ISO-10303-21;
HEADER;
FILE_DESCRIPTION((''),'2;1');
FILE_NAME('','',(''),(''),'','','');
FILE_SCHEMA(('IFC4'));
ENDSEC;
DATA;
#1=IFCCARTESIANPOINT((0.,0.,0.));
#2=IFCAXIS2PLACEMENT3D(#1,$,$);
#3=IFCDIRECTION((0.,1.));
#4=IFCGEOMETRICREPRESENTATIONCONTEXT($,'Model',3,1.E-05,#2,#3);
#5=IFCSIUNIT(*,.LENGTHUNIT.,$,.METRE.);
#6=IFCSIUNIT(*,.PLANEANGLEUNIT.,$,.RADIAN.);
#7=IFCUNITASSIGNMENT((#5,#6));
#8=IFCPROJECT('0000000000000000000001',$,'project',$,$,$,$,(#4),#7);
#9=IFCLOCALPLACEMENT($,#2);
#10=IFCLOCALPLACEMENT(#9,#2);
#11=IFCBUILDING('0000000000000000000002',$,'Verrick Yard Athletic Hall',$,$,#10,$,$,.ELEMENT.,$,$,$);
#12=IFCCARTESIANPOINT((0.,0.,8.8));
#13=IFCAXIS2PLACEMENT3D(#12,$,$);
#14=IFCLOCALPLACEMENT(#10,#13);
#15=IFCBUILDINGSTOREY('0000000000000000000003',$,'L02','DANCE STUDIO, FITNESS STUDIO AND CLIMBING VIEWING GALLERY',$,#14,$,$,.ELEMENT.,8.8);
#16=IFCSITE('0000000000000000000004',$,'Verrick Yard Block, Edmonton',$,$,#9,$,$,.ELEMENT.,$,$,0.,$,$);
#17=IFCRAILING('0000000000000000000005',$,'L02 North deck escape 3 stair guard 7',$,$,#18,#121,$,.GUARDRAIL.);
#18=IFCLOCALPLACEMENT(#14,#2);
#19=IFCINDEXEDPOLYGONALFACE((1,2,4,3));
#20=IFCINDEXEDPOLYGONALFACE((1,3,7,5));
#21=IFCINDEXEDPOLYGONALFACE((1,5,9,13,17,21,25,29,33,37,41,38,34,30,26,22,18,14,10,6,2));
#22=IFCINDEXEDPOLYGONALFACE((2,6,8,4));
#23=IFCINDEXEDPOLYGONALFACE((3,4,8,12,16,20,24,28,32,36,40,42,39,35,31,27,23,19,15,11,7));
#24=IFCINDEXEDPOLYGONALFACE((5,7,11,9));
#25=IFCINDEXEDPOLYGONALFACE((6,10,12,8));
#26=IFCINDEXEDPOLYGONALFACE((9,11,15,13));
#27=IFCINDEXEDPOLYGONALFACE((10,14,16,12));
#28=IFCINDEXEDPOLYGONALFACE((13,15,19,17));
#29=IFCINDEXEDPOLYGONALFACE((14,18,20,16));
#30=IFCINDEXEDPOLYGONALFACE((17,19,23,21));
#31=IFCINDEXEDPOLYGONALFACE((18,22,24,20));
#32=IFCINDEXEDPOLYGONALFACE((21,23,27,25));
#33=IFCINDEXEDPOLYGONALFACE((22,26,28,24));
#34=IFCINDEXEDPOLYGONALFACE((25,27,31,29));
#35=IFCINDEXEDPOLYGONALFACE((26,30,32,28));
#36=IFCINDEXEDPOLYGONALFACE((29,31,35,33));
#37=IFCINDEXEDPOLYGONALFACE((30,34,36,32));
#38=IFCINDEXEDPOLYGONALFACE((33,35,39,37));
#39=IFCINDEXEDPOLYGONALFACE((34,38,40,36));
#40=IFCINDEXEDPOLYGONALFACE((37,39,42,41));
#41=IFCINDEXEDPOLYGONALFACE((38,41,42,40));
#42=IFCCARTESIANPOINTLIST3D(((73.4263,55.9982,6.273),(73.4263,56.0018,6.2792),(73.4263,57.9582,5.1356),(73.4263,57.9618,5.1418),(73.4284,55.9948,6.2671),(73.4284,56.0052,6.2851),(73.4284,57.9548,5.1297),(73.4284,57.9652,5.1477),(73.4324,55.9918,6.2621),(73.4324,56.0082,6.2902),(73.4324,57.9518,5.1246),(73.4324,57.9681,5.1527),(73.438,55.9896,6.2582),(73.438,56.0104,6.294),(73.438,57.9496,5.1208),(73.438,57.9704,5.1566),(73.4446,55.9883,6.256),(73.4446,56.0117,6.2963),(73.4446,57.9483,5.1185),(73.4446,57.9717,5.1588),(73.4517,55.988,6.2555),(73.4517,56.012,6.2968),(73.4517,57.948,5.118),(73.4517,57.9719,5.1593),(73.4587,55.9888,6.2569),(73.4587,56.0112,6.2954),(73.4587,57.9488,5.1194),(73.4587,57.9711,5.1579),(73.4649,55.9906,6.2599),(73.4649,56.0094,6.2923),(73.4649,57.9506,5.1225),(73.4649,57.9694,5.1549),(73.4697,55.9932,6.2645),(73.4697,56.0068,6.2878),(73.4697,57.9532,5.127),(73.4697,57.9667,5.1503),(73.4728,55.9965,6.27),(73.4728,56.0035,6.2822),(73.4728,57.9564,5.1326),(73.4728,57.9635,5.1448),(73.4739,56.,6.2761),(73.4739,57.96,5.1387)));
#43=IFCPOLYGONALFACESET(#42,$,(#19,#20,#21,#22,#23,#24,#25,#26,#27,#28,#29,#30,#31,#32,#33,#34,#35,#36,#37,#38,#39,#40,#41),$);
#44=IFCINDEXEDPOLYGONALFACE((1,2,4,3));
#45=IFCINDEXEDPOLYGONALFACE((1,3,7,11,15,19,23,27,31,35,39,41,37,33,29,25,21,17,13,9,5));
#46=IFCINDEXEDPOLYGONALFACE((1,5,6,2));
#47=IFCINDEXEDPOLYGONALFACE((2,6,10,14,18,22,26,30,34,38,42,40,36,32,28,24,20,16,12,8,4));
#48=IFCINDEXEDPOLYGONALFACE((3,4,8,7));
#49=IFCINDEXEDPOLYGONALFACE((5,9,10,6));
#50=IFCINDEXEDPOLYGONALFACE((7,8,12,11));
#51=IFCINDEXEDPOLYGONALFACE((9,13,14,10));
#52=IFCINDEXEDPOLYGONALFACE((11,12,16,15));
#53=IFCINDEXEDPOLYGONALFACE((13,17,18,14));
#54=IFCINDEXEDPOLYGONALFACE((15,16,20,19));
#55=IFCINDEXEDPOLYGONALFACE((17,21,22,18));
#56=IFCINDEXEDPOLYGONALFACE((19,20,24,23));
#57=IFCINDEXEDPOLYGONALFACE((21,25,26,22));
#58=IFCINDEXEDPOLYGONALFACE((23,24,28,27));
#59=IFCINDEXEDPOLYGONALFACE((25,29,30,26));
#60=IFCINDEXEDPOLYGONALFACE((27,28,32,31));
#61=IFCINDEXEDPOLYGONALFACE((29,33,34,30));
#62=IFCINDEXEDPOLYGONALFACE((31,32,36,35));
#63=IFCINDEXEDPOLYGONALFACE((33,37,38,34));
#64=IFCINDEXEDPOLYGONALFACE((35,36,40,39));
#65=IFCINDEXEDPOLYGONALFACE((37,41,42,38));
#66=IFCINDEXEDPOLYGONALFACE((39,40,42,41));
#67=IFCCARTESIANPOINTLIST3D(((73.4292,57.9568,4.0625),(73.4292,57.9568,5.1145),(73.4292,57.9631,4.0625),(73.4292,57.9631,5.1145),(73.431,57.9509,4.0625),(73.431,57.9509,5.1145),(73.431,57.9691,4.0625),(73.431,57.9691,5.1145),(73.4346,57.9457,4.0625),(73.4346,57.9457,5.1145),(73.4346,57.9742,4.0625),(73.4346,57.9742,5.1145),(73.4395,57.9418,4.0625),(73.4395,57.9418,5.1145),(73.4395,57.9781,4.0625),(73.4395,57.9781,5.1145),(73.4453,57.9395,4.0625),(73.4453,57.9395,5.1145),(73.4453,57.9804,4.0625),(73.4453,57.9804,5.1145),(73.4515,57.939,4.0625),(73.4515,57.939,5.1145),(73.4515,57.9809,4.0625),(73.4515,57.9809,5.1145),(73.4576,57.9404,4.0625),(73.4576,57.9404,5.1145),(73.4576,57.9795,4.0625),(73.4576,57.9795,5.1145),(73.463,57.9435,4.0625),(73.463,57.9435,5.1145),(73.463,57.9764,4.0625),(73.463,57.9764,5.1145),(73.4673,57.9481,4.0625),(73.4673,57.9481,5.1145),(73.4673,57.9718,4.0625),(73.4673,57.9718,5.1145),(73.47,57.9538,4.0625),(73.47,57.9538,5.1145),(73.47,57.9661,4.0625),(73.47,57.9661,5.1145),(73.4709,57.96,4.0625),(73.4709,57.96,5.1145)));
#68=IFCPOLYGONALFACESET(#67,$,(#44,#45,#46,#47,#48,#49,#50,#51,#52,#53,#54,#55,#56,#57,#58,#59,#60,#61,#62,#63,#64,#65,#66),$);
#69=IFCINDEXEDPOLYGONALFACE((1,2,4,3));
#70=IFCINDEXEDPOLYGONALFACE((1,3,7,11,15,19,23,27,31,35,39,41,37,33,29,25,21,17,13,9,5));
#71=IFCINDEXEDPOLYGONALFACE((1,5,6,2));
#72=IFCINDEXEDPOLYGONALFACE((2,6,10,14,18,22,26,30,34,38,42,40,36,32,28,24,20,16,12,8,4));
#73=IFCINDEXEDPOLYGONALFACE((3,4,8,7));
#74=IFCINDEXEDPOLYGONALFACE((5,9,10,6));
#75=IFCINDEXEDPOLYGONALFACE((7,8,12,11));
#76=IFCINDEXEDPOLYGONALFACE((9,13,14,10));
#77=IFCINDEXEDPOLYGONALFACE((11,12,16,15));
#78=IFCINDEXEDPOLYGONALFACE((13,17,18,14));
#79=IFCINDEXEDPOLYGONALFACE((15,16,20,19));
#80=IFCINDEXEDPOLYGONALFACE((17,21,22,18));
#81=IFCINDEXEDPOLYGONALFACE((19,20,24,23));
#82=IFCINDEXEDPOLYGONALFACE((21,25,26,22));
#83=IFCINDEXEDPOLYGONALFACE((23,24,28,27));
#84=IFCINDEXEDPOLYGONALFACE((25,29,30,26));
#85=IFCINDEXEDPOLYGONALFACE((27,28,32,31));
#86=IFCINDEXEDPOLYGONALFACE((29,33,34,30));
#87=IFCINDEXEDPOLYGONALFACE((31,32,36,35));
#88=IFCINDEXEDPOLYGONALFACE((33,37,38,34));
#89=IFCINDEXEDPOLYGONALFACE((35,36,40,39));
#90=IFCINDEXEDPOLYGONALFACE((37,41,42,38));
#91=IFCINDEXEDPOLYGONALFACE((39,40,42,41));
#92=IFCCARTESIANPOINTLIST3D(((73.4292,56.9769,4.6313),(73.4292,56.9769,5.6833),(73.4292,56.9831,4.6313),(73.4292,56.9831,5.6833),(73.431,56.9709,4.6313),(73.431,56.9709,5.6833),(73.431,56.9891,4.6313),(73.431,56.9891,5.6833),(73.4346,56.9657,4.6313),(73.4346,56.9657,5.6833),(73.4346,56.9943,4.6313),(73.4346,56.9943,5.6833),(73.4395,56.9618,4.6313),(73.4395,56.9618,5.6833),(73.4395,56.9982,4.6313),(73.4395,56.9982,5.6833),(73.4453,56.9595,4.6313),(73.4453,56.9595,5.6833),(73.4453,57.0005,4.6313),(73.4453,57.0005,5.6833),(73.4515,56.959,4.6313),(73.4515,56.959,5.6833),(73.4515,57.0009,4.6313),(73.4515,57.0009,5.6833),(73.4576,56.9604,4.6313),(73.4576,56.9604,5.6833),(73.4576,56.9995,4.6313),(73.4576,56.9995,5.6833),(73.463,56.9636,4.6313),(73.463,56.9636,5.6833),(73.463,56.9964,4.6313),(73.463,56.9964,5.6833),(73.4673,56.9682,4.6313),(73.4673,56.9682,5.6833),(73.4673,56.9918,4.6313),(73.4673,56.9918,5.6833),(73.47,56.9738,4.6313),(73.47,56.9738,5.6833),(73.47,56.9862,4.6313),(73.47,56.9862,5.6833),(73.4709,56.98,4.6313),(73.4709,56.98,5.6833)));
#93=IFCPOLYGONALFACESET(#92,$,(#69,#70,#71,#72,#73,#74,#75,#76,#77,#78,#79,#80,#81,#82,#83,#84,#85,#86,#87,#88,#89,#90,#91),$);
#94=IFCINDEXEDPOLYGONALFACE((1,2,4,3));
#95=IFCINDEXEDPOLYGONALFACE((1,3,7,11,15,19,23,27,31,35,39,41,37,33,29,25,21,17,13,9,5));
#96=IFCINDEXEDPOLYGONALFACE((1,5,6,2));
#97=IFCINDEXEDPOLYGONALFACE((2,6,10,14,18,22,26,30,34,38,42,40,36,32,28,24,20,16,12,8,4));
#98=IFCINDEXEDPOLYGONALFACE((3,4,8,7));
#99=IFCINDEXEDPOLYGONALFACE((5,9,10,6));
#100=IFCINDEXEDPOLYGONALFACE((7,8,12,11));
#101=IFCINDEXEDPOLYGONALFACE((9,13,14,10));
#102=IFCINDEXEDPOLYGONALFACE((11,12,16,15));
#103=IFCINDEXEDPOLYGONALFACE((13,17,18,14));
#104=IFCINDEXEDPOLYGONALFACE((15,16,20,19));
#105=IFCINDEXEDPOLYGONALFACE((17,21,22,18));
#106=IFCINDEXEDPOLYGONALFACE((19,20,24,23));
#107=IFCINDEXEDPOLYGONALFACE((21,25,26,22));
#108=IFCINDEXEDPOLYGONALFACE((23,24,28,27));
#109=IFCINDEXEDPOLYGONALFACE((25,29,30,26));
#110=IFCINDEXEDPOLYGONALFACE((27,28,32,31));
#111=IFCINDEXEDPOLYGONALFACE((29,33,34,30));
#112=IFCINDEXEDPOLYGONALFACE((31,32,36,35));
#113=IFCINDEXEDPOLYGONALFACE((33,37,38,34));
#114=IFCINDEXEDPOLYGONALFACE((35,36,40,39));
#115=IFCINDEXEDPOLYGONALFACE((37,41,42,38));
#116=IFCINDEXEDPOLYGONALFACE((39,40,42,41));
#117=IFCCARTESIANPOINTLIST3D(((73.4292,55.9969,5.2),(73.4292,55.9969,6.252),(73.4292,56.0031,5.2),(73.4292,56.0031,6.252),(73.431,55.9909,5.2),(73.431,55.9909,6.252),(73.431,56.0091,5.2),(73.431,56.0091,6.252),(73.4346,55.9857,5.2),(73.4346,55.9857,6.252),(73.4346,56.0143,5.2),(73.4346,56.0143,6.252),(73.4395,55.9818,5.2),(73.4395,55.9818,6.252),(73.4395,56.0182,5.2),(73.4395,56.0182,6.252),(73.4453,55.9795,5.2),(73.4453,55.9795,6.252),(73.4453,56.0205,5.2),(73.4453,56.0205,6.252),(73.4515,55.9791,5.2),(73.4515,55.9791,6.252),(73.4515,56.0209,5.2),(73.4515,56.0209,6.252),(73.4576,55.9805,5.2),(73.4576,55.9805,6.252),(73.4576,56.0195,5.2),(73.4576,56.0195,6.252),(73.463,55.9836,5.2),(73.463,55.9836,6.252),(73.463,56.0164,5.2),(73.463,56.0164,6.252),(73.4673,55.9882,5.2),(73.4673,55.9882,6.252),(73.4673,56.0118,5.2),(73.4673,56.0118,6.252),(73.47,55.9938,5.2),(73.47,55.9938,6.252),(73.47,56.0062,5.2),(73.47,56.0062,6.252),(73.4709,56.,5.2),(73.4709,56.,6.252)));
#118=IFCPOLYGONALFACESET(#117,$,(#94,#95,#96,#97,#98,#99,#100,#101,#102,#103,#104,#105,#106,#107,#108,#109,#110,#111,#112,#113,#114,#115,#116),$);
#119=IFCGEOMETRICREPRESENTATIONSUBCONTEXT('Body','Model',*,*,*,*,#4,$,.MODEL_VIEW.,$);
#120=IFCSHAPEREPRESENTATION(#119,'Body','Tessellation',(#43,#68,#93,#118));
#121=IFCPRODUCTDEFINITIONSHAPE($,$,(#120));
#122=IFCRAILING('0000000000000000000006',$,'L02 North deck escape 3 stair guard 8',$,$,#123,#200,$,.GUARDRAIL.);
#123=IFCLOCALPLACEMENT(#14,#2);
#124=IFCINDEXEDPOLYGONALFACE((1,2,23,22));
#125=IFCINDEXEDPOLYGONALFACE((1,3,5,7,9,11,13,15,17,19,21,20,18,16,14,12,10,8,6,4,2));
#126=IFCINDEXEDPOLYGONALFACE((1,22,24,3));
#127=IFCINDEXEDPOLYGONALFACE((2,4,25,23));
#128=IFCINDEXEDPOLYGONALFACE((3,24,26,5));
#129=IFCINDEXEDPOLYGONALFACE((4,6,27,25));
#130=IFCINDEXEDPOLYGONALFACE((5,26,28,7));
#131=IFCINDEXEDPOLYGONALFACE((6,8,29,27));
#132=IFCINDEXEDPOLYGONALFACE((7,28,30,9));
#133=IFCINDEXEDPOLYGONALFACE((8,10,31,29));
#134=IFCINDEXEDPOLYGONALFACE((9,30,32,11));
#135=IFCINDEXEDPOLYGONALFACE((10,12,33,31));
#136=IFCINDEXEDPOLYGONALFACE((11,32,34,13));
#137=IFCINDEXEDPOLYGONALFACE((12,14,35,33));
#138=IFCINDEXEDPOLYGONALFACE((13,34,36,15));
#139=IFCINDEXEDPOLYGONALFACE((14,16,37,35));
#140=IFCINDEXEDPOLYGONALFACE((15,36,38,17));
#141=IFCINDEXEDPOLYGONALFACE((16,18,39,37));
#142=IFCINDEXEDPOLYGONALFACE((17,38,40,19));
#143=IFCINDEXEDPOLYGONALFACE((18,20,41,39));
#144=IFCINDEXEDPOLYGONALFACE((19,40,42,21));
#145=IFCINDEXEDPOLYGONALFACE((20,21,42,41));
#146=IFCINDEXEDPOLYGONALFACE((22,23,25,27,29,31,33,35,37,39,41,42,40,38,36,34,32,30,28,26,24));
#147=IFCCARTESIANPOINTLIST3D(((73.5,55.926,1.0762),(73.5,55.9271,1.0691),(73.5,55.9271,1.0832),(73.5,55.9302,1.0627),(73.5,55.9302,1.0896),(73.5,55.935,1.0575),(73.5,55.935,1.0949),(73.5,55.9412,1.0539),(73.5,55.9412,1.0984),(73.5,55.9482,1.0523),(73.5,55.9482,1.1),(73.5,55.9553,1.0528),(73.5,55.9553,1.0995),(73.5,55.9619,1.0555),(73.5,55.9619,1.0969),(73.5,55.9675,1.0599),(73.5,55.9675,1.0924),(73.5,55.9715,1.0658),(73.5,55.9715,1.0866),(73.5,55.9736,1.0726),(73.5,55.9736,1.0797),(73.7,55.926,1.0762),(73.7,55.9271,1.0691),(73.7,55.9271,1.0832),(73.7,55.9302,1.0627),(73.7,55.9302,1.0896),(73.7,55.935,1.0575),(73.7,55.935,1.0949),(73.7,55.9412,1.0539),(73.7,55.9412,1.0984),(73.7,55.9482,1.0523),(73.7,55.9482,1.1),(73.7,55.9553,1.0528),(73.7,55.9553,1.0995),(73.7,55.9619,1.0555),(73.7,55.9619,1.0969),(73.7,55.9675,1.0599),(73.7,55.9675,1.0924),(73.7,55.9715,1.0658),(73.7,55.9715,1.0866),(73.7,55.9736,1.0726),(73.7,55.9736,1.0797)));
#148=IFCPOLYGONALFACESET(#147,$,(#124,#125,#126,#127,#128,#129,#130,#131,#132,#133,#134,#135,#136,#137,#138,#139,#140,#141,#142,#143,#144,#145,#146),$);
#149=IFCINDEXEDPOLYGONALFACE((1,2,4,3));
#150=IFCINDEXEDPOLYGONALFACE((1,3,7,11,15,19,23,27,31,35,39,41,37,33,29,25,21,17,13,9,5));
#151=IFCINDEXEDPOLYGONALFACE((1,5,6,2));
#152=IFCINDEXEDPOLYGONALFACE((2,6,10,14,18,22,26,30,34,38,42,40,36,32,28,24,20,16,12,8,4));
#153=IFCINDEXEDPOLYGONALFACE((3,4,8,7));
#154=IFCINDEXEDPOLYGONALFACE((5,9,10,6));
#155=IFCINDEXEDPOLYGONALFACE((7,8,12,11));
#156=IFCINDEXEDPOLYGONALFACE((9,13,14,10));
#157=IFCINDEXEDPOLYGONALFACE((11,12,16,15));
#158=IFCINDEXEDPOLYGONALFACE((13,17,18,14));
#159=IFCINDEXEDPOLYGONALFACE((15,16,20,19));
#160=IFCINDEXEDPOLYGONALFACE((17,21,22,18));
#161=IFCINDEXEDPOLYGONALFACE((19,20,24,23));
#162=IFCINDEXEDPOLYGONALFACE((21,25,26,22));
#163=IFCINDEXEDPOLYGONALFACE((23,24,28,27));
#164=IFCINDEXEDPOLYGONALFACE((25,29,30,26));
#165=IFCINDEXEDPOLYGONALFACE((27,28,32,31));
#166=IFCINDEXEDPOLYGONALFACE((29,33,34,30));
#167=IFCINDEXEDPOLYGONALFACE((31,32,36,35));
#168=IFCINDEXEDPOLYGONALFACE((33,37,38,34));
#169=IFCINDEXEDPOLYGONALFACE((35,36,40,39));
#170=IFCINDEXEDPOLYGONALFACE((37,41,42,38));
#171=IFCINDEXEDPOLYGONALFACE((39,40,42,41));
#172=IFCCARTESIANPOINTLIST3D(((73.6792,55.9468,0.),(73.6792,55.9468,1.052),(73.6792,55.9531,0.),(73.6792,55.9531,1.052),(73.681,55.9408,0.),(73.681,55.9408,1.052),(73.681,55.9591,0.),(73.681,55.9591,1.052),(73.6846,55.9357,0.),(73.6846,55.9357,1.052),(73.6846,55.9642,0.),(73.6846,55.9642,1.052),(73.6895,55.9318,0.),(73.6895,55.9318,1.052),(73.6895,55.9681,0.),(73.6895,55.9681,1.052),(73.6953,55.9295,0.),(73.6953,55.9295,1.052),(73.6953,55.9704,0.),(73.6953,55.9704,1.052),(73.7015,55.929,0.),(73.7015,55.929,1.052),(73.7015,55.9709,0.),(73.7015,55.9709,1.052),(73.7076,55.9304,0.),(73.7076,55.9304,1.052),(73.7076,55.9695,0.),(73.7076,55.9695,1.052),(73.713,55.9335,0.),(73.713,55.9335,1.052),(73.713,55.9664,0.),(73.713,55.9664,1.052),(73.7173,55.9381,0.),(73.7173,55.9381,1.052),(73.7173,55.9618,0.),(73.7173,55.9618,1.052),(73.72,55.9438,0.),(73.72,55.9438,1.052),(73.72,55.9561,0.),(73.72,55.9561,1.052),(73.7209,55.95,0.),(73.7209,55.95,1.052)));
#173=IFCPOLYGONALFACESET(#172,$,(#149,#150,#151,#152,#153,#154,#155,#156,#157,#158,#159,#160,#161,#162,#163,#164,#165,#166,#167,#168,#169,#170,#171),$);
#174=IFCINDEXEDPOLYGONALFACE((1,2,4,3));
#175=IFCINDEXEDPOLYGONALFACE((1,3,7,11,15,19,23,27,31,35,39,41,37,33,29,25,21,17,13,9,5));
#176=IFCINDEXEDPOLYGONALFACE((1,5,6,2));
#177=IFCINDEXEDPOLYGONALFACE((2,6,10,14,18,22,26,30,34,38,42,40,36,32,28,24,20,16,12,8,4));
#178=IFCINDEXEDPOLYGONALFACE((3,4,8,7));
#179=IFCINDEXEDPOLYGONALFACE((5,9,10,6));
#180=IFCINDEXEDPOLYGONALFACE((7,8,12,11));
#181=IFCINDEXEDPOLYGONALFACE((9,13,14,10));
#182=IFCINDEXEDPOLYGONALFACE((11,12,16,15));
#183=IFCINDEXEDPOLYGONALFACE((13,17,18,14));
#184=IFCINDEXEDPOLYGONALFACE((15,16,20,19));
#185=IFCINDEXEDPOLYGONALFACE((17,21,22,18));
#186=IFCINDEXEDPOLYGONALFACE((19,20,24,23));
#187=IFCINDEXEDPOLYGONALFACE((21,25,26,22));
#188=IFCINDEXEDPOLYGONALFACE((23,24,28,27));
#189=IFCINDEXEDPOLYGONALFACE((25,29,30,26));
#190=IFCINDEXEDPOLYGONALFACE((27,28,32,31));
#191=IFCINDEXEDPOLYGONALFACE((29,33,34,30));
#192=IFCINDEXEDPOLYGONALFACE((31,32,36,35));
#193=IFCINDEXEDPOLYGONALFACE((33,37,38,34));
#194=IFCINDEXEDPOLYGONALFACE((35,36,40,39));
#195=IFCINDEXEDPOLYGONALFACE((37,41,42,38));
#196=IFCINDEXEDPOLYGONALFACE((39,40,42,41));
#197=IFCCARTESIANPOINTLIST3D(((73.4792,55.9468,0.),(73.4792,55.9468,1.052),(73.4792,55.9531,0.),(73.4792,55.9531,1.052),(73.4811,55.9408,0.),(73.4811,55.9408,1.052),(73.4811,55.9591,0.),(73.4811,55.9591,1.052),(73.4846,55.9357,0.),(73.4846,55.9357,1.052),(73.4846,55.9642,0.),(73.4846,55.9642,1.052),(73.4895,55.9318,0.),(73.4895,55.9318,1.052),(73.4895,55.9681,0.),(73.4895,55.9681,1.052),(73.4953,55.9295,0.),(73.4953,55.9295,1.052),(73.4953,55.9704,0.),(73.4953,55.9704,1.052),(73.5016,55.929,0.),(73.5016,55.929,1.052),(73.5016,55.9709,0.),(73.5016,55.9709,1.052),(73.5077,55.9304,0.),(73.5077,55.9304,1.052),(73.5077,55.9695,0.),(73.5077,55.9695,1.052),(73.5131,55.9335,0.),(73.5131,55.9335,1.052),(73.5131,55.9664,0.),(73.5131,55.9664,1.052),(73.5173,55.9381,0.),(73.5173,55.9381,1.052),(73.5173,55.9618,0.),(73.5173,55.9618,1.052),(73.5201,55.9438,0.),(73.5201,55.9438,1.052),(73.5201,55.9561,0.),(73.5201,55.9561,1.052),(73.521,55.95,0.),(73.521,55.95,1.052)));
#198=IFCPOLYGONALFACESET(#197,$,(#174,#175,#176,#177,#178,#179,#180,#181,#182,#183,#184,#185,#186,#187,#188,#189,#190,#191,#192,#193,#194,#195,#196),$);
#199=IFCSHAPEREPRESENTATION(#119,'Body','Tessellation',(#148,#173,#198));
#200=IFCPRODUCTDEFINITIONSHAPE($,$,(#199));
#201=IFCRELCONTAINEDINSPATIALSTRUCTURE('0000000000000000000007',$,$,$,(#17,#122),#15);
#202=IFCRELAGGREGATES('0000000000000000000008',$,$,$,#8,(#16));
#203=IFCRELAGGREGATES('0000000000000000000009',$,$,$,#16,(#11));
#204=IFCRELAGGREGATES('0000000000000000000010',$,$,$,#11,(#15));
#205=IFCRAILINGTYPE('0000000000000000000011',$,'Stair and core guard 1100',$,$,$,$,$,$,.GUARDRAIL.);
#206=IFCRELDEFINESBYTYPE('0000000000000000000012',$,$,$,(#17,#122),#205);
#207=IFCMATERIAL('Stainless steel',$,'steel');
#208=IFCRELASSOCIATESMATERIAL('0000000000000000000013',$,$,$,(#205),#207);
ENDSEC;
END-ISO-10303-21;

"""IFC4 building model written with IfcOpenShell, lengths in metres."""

from ifc_helpers import new_model, si_unit, direction, frame, origin, origin_2d, place, context, subcontext, project, spatial, circle, extrude, material, type_object, element, save


model = new_model("IFC4")

# Units and contexts
model_context = context("Model", 3, precision=1e-05, world=origin(), true_north=direction((0.0, 1.0)))
body_context = subcontext(model_context, "Body", "Model", "MODEL_VIEW")
ifc_project = project(units=[si_unit("LENGTHUNIT", "METRE"), si_unit("PLANEANGLEUNIT", "RADIAN")], contexts=[model_context])

# Site, building, storey
site_placement = place(None, origin())
site = spatial("IfcSite", under=ifc_project, at=site_placement, Name="Verrick Yard Block, Edmonton", CompositionType="ELEMENT", RefElevation=0.0)
building_placement = place(site_placement, origin())
building = spatial("IfcBuilding", under=site, at=building_placement, Name="Verrick Yard Athletic Hall", CompositionType="ELEMENT")
storey_placement = place(building_placement, frame((0.0, 0.0, 8.8)))
storey = spatial("IfcBuildingStorey", under=building, at=storey_placement, Name="L02", Description="DANCE STUDIO, FITNESS STUDIO AND CLIMBING VIEWING GALLERY", CompositionType="ELEMENT", Elevation=8.8)

# Railings
ifc_material_1 = material(Name="Stainless steel", Category="steel")
railing_type_1 = type_object("IfcRailingType", Name="Stair and core guard 1100", PredefinedType="GUARDRAIL", material=ifc_material_1)
railing_1_placement = place(storey_placement, frame((73.45, 57.96, 4.0625)))
element("IfcRailing", 1, at=railing_1_placement, inside=storey, type_object=railing_type_1, Name="L02 North deck escape 3 stair guard 7", PredefinedType="GUARDRAIL", context=body_context, shape_type="SweptSolid", body=[
    extrude(circle(Radius=0.0239, at=origin_2d()), frame((0.0, 0.0, 1.0762), z_axis=(0.0, -0.864902, 0.501941), x_axis=(1.0, 0.0, 0.0)), (0.0, 0.0, 1.0), 2.2661),
    extrude(circle(Radius=0.021, at=origin_2d()), origin(), (0.0, 0.0, 1.0), 1.052),
    extrude(circle(Radius=0.021, at=origin_2d()), frame((0.0, -0.98, 0.5688)), (0.0, 0.0, 1.0), 1.052),
    extrude(circle(Radius=0.021, at=origin_2d()), frame((0.0, -1.96, 1.1375)), (0.0, 0.0, 1.0), 1.052),
])
railing_2_placement = place(storey_placement, frame((73.7, 55.95, 0.0)))
element("IfcRailing", 2, at=railing_2_placement, inside=storey, type_object=railing_type_1, Name="L02 North deck escape 3 stair guard 8", PredefinedType="GUARDRAIL", context=body_context, shape_type="SweptSolid", body=[
    extrude(circle(Radius=0.0239, at=origin_2d()), frame((0.0, 0.0, 1.0762), z_axis=(-1.0, 0.0, 0.0), x_axis=(0.0, -1.0, 0.0)), (0.0, 0.0, 1.0), 0.2),
    extrude(circle(Radius=0.021, at=origin_2d()), origin(), (0.0, 0.0, 1.0), 1.052),
    extrude(circle(Radius=0.021, at=origin_2d()), frame((-0.2, 0.0, 0.0)), (0.0, 0.0, 1.0), 1.052),
])

save(model, "model.ifc")
